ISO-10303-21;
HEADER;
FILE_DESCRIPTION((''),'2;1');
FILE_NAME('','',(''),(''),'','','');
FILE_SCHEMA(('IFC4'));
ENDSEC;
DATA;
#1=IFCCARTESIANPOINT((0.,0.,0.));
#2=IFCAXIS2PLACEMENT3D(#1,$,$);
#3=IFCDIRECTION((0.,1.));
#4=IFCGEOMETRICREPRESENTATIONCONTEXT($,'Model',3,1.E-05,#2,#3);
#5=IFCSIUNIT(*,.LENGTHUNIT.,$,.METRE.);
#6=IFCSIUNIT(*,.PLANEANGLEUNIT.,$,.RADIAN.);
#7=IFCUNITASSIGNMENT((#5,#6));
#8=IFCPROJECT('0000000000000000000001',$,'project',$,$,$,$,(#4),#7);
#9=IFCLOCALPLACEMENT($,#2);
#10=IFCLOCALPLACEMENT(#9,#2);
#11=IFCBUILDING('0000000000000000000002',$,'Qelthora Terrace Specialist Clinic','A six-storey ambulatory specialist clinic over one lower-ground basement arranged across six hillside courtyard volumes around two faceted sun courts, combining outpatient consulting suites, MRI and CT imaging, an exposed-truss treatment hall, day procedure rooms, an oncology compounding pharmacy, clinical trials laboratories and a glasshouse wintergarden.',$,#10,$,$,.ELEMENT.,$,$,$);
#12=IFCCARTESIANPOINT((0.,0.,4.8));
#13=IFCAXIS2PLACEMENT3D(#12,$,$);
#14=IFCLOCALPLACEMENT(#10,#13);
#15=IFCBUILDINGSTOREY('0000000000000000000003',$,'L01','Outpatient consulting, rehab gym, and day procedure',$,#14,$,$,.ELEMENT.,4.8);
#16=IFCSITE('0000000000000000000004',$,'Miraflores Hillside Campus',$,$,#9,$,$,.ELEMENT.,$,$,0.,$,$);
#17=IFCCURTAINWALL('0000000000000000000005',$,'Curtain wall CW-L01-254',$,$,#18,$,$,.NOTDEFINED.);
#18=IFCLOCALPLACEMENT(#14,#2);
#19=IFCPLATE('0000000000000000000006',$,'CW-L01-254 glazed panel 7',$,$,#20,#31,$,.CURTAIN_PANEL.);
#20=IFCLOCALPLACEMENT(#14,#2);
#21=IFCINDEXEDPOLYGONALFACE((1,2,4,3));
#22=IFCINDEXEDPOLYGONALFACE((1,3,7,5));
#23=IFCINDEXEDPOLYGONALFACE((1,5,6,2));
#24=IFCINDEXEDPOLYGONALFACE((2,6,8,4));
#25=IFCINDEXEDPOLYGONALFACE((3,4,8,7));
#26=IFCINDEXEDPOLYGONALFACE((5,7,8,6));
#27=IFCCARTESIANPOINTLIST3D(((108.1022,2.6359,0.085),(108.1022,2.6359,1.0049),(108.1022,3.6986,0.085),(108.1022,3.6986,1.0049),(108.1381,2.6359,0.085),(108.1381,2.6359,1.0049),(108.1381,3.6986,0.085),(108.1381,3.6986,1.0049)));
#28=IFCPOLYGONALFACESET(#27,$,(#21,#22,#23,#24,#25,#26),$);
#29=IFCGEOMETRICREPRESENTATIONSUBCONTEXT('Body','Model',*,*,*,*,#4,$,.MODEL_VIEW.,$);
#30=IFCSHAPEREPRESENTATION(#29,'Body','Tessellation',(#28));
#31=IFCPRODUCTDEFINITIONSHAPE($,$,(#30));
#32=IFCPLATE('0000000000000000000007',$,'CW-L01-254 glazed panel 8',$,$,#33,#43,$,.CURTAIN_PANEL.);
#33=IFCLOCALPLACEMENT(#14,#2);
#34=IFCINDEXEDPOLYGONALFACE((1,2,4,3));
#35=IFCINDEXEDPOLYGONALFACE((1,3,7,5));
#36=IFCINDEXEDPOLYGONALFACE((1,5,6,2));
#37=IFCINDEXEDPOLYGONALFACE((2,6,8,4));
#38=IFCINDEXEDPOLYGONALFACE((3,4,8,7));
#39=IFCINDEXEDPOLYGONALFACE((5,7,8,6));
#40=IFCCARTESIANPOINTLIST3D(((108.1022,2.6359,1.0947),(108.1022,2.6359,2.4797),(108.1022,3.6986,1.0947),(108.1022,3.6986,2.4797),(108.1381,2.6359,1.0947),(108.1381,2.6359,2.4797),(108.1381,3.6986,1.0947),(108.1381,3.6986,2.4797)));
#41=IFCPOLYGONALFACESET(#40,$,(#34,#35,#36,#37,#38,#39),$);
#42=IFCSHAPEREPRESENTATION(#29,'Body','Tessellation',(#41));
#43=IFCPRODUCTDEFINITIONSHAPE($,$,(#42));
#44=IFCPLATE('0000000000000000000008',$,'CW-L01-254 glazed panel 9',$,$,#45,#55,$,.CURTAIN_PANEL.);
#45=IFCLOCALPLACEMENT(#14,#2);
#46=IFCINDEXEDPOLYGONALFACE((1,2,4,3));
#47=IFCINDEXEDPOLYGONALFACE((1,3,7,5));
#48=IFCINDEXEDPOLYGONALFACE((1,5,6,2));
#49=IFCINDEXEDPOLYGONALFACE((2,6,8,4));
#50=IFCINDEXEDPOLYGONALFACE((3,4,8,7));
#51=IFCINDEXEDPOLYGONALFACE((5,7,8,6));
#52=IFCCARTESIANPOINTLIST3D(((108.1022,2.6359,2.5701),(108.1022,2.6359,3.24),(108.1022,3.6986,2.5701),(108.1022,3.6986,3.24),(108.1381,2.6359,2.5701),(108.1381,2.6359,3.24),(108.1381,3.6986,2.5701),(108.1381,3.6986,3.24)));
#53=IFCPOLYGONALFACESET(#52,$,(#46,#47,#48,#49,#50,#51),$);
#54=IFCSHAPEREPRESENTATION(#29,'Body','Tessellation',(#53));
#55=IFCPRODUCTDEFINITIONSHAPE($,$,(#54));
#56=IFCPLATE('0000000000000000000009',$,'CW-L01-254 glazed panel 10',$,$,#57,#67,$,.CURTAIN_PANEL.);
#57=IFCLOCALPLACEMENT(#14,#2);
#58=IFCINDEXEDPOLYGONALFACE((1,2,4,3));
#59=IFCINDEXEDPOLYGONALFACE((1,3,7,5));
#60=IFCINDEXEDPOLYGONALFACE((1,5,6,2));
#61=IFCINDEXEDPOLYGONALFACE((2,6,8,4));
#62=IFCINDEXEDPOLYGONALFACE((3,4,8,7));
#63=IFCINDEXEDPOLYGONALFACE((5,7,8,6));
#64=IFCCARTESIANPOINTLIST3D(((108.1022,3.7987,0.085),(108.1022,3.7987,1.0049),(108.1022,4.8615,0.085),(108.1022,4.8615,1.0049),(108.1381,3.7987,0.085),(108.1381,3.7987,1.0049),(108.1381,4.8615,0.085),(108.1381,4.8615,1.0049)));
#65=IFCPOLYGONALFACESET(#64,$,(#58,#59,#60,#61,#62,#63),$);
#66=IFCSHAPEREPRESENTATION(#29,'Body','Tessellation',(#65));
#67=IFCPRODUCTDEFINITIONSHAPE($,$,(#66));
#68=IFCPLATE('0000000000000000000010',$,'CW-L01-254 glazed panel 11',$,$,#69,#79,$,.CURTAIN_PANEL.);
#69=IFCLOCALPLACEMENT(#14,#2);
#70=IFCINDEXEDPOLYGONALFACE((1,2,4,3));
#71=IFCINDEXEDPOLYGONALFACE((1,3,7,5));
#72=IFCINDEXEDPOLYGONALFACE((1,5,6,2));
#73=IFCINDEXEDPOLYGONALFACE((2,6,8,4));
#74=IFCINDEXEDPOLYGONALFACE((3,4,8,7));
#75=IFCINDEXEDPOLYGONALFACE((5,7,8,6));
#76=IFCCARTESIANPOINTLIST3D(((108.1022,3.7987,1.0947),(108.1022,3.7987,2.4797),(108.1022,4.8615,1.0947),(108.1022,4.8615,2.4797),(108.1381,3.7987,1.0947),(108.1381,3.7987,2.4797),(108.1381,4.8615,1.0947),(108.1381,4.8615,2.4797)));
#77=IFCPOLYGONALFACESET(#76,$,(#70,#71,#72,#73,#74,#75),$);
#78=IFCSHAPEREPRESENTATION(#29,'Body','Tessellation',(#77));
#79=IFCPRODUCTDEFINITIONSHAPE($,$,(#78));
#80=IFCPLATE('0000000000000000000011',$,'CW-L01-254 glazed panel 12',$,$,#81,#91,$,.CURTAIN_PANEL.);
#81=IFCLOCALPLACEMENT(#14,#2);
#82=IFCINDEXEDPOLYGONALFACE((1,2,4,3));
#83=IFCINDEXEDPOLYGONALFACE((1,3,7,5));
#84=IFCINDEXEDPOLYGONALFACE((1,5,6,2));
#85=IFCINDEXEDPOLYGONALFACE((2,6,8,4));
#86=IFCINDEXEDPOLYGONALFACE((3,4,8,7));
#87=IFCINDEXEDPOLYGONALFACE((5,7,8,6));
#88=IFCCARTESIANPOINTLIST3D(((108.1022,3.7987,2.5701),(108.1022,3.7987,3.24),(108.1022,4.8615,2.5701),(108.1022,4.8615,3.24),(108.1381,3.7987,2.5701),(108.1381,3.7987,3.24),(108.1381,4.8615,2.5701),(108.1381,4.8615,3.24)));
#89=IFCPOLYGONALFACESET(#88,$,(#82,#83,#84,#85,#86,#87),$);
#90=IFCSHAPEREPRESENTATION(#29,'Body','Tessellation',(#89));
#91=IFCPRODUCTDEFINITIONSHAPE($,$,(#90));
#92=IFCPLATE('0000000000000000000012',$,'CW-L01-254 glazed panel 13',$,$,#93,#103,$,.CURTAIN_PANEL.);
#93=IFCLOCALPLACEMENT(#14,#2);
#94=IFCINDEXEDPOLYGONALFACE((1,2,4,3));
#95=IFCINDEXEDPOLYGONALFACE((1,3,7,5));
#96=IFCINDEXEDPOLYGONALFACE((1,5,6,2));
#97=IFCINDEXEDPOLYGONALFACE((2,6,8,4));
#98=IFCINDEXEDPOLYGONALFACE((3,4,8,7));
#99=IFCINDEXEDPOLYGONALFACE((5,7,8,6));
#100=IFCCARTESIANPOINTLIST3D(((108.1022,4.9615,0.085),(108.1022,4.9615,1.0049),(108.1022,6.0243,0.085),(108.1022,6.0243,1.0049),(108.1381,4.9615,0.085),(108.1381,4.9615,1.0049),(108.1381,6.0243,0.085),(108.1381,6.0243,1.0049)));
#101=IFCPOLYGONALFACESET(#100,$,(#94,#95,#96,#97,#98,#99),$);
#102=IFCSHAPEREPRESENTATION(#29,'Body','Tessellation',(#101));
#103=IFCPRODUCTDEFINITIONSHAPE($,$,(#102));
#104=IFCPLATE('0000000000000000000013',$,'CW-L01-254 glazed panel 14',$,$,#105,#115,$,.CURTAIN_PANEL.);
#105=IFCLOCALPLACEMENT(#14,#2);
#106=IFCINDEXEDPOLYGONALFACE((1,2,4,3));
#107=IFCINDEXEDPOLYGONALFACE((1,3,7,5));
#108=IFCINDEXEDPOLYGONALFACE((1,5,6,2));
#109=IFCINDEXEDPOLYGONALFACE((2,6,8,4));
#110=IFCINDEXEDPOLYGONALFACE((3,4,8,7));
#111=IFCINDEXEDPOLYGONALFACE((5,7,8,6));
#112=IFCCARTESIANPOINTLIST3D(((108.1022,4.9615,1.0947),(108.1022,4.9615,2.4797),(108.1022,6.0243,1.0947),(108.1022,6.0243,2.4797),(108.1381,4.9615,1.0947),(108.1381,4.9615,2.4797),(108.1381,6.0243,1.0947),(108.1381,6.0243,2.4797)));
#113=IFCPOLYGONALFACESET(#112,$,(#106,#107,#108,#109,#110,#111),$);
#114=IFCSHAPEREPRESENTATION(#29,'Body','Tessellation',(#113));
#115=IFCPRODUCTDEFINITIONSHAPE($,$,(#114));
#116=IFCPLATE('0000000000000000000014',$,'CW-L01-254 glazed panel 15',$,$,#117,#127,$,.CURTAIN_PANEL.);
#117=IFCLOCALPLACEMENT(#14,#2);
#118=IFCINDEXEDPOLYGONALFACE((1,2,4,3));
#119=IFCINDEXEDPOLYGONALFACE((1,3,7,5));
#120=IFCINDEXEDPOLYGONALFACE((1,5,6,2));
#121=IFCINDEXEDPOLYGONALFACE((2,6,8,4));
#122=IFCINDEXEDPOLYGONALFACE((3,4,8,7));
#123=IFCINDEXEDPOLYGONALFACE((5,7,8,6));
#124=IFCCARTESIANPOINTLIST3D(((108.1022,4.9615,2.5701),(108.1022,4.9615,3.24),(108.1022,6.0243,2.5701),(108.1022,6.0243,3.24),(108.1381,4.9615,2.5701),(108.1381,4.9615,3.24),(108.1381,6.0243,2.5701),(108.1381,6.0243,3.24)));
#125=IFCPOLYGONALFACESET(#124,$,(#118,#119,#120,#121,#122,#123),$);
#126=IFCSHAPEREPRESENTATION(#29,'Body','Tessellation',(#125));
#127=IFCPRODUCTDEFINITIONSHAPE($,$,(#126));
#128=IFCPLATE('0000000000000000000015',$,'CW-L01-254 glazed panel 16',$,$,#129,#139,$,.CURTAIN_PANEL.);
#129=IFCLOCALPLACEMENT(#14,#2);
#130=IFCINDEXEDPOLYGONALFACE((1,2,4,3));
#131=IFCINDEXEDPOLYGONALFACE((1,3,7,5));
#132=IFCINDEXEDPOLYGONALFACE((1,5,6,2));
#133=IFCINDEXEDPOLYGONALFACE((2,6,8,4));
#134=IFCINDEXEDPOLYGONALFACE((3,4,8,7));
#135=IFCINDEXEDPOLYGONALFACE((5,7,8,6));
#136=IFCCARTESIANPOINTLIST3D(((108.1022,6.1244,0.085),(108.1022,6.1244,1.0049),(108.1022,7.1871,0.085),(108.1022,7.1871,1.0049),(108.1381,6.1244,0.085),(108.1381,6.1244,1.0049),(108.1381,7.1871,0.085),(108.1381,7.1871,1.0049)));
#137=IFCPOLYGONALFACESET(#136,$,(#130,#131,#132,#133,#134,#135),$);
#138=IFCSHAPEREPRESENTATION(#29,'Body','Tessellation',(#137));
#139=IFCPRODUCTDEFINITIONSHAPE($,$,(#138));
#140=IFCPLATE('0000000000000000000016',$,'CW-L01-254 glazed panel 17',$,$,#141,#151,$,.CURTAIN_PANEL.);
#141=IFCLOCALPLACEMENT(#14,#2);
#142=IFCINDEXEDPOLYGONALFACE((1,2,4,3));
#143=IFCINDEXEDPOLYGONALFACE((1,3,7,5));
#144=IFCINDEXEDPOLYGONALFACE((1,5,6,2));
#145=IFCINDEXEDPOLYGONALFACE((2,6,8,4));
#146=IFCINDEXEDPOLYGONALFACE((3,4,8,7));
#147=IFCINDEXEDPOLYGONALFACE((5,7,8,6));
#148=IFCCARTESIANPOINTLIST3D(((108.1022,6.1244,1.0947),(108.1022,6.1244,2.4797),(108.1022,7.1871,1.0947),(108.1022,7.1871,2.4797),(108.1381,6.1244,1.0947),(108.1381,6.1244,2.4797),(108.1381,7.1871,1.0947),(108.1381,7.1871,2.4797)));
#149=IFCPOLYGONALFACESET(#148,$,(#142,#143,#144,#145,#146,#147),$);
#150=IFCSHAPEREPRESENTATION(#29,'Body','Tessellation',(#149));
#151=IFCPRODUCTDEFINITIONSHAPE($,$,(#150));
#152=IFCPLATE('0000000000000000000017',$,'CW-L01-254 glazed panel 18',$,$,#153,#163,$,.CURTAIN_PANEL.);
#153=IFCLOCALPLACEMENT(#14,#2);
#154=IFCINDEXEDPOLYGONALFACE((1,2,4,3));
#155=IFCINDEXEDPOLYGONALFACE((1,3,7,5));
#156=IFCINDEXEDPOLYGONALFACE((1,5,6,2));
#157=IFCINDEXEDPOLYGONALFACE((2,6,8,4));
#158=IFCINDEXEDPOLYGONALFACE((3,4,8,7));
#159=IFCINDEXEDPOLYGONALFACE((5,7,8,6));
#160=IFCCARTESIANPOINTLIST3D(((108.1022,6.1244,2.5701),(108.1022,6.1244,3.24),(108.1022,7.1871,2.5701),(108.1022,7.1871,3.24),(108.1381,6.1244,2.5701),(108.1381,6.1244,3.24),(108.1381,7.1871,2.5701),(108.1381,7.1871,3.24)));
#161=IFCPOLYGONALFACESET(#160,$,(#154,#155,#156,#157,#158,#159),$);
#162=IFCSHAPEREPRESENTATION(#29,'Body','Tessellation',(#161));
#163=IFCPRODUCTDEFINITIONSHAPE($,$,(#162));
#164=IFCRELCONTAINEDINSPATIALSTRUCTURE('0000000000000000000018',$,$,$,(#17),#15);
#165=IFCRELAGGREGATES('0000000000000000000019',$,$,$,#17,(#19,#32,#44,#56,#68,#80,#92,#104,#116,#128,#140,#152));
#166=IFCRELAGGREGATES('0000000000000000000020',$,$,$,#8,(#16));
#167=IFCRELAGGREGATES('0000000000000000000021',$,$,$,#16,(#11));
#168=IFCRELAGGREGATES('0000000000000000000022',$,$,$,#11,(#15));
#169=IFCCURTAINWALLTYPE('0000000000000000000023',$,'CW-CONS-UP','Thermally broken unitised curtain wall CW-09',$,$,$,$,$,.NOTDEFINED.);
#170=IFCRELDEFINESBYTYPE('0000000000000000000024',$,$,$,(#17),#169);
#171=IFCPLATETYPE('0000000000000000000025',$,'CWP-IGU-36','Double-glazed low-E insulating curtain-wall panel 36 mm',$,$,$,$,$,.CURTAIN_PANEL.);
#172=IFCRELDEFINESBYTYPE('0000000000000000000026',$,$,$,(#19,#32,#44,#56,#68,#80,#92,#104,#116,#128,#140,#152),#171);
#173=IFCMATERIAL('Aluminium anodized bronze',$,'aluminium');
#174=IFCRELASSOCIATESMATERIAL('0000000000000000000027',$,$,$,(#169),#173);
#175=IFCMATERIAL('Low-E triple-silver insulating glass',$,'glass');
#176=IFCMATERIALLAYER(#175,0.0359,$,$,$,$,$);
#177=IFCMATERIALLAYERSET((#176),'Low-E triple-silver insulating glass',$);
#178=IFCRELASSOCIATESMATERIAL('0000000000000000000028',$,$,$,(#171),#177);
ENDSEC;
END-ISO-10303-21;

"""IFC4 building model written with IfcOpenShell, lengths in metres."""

from ifc_helpers import new_model, si_unit, direction, frame, origin, origin_2d, place, context, subcontext, project, spatial, rectangle, extrude, material, layer, layer_set, type_object, element, aggregate, save


model = new_model("IFC4")

# Units and contexts
model_context = context("Model", 3, precision=1e-05, world=origin(), true_north=direction((0.0, 1.0)))
body_context = subcontext(model_context, "Body", "Model", "MODEL_VIEW")
ifc_project = project(units=[si_unit("LENGTHUNIT", "METRE"), si_unit("PLANEANGLEUNIT", "RADIAN")], contexts=[model_context])

# Site, building, storey
site_placement = place(None, origin())
site = spatial("IfcSite", under=ifc_project, at=site_placement, Name="Miraflores Hillside Campus", CompositionType="ELEMENT", RefElevation=0.0)
building_placement = place(site_placement, origin())
building = spatial("IfcBuilding", under=site, at=building_placement, Name="Qelthora Terrace Specialist Clinic", Description="A six-storey ambulatory specialist clinic over one lower-ground basement arranged across six hillside courtyard volumes around two faceted sun courts, combining outpatient consulting suites, MRI and CT imaging, an exposed-truss treatment hall, day procedure rooms, an oncology compounding pharmacy, clinical trials laboratories and a glasshouse wintergarden.", CompositionType="ELEMENT")
storey_placement = place(building_placement, frame((0.0, 0.0, 4.8)))
storey = spatial("IfcBuildingStorey", under=building, at=storey_placement, Name="L01", Description="Outpatient consulting, rehab gym, and day procedure", CompositionType="ELEMENT", Elevation=4.8)

# Curtain wall
ifc_material_1 = material(Name="Aluminium anodized bronze", Category="aluminium")
curtain_wall_type = type_object("IfcCurtainWallType", Name="CW-CONS-UP", Description="Thermally broken unitised curtain wall CW-09", PredefinedType="NOTDEFINED", material=ifc_material_1)
curtain_wall_1_placement = place(storey_placement, origin())
curtain_wall_1 = element("IfcCurtainWall", 1, at=curtain_wall_1_placement, inside=storey, type_object=curtain_wall_type, Name="Curtain wall CW-L01-254", PredefinedType="NOTDEFINED")

# Plates
ifc_material_2 = material(Name="Low-E triple-silver insulating glass", Category="glass")
ifc_layer = layer(ifc_material_2, 0.0359)
ifc_layer_set = layer_set([ifc_layer], Name="Low-E triple-silver insulating glass")
plate_type = type_object("IfcPlateType", Name="CWP-IGU-36", Description="Double-glazed low-E insulating curtain-wall panel 36 mm", PredefinedType="CURTAIN_PANEL", material=ifc_layer_set)
plate_1_placement = place(storey_placement, frame((108.1201, 3.1672, 0.085), z_axis=(0.0, 0.0, 1.0), x_axis=(0.0, 1.0, 0.0)))
plate_1 = element("IfcPlate", 2, at=plate_1_placement, type_object=plate_type, Name="CW-L01-254 glazed panel 7", PredefinedType="CURTAIN_PANEL", context=body_context, shape_type="SweptSolid", body=[
    extrude(rectangle(XDim=1.0627, YDim=0.0359, at=origin_2d()), origin(), (0.0, 0.0, 1.0), 0.9199),
])
plate_2_placement = place(storey_placement, frame((108.1201, 3.1672, 1.0947), z_axis=(0.0, 0.0, 1.0), x_axis=(0.0, 1.0, 0.0)))
plate_2 = element("IfcPlate", 3, at=plate_2_placement, type_object=plate_type, Name="CW-L01-254 glazed panel 8", PredefinedType="CURTAIN_PANEL", context=body_context, shape_type="SweptSolid", body=[
    extrude(rectangle(XDim=1.0627, YDim=0.0359, at=origin_2d()), origin(), (0.0, 0.0, 1.0), 1.385),
])
plate_3_placement = place(storey_placement, frame((108.1201, 3.1672, 2.5701), z_axis=(0.0, 0.0, 1.0), x_axis=(0.0, 1.0, 0.0)))
plate_3 = element("IfcPlate", 4, at=plate_3_placement, type_object=plate_type, Name="CW-L01-254 glazed panel 9", PredefinedType="CURTAIN_PANEL", context=body_context, shape_type="SweptSolid", body=[
    extrude(rectangle(XDim=1.0627, YDim=0.0359, at=origin_2d()), origin(), (0.0, 0.0, 1.0), 0.6699),
])
plate_4_placement = place(storey_placement, frame((108.1201, 4.3301, 0.085), z_axis=(0.0, 0.0, 1.0), x_axis=(0.0, 1.0, 0.0)))
plate_4 = element("IfcPlate", 5, at=plate_4_placement, type_object=plate_type, Name="CW-L01-254 glazed panel 10", PredefinedType="CURTAIN_PANEL", context=body_context, shape_type="SweptSolid", body=[
    extrude(rectangle(XDim=1.0627, YDim=0.0359, at=origin_2d()), origin(), (0.0, 0.0, 1.0), 0.9199),
])
plate_5_placement = place(storey_placement, frame((108.1201, 4.3301, 1.0947), z_axis=(0.0, 0.0, 1.0), x_axis=(0.0, 1.0, 0.0)))
plate_5 = element("IfcPlate", 6, at=plate_5_placement, type_object=plate_type, Name="CW-L01-254 glazed panel 11", PredefinedType="CURTAIN_PANEL", context=body_context, shape_type="SweptSolid", body=[
    extrude(rectangle(XDim=1.0627, YDim=0.0359, at=origin_2d()), origin(), (0.0, 0.0, 1.0), 1.385),
])
plate_6_placement = place(storey_placement, frame((108.1201, 4.3301, 2.5701), z_axis=(0.0, 0.0, 1.0), x_axis=(0.0, 1.0, 0.0)))
plate_6 = element("IfcPlate", 7, at=plate_6_placement, type_object=plate_type, Name="CW-L01-254 glazed panel 12", PredefinedType="CURTAIN_PANEL", context=body_context, shape_type="SweptSolid", body=[
    extrude(rectangle(XDim=1.0627, YDim=0.0359, at=origin_2d()), origin(), (0.0, 0.0, 1.0), 0.6699),
])
plate_7_placement = place(storey_placement, frame((108.1201, 5.4929, 0.085), z_axis=(0.0, 0.0, 1.0), x_axis=(0.0, 1.0, 0.0)))
plate_7 = element("IfcPlate", 8, at=plate_7_placement, type_object=plate_type, Name="CW-L01-254 glazed panel 13", PredefinedType="CURTAIN_PANEL", context=body_context, shape_type="SweptSolid", body=[
    extrude(rectangle(XDim=1.0627, YDim=0.0359, at=origin_2d()), origin(), (0.0, 0.0, 1.0), 0.9199),
])
plate_8_placement = place(storey_placement, frame((108.1201, 5.4929, 1.0947), z_axis=(0.0, 0.0, 1.0), x_axis=(0.0, 1.0, 0.0)))
plate_8 = element("IfcPlate", 9, at=plate_8_placement, type_object=plate_type, Name="CW-L01-254 glazed panel 14", PredefinedType="CURTAIN_PANEL", context=body_context, shape_type="SweptSolid", body=[
    extrude(rectangle(XDim=1.0627, YDim=0.0359, at=origin_2d()), origin(), (0.0, 0.0, 1.0), 1.385),
])
plate_9_placement = place(storey_placement, frame((108.1201, 5.4929, 2.5701), z_axis=(0.0, 0.0, 1.0), x_axis=(0.0, 1.0, 0.0)))
plate_9 = element("IfcPlate", 10, at=plate_9_placement, type_object=plate_type, Name="CW-L01-254 glazed panel 15", PredefinedType="CURTAIN_PANEL", context=body_context, shape_type="SweptSolid", body=[
    extrude(rectangle(XDim=1.0627, YDim=0.0359, at=origin_2d()), origin(), (0.0, 0.0, 1.0), 0.6699),
])
plate_10_placement = place(storey_placement, frame((108.1201, 6.6558, 0.085), z_axis=(0.0, 0.0, 1.0), x_axis=(0.0, 1.0, 0.0)))
plate_10 = element("IfcPlate", 11, at=plate_10_placement, type_object=plate_type, Name="CW-L01-254 glazed panel 16", PredefinedType="CURTAIN_PANEL", context=body_context, shape_type="SweptSolid", body=[
    extrude(rectangle(XDim=1.0627, YDim=0.0359, at=origin_2d()), origin(), (0.0, 0.0, 1.0), 0.9199),
])
plate_11_placement = place(storey_placement, frame((108.1201, 6.6558, 1.0947), z_axis=(0.0, 0.0, 1.0), x_axis=(0.0, 1.0, 0.0)))
plate_11 = element("IfcPlate", 12, at=plate_11_placement, type_object=plate_type, Name="CW-L01-254 glazed panel 17", PredefinedType="CURTAIN_PANEL", context=body_context, shape_type="SweptSolid", body=[
    extrude(rectangle(XDim=1.0627, YDim=0.0359, at=origin_2d()), origin(), (0.0, 0.0, 1.0), 1.385),
])
plate_12_placement = place(storey_placement, frame((108.1201, 6.6558, 2.5701), z_axis=(0.0, 0.0, 1.0), x_axis=(0.0, 1.0, 0.0)))
plate_12 = element("IfcPlate", 13, at=plate_12_placement, type_object=plate_type, Name="CW-L01-254 glazed panel 18", PredefinedType="CURTAIN_PANEL", context=body_context, shape_type="SweptSolid", body=[
    extrude(rectangle(XDim=1.0627, YDim=0.0359, at=origin_2d()), origin(), (0.0, 0.0, 1.0), 0.6699),
])
aggregate(curtain_wall_1, [plate_1, plate_2, plate_3, plate_4, plate_5, plate_6, plate_7, plate_8, plate_9, plate_10, plate_11, plate_12])

save(model, "model.ifc")
